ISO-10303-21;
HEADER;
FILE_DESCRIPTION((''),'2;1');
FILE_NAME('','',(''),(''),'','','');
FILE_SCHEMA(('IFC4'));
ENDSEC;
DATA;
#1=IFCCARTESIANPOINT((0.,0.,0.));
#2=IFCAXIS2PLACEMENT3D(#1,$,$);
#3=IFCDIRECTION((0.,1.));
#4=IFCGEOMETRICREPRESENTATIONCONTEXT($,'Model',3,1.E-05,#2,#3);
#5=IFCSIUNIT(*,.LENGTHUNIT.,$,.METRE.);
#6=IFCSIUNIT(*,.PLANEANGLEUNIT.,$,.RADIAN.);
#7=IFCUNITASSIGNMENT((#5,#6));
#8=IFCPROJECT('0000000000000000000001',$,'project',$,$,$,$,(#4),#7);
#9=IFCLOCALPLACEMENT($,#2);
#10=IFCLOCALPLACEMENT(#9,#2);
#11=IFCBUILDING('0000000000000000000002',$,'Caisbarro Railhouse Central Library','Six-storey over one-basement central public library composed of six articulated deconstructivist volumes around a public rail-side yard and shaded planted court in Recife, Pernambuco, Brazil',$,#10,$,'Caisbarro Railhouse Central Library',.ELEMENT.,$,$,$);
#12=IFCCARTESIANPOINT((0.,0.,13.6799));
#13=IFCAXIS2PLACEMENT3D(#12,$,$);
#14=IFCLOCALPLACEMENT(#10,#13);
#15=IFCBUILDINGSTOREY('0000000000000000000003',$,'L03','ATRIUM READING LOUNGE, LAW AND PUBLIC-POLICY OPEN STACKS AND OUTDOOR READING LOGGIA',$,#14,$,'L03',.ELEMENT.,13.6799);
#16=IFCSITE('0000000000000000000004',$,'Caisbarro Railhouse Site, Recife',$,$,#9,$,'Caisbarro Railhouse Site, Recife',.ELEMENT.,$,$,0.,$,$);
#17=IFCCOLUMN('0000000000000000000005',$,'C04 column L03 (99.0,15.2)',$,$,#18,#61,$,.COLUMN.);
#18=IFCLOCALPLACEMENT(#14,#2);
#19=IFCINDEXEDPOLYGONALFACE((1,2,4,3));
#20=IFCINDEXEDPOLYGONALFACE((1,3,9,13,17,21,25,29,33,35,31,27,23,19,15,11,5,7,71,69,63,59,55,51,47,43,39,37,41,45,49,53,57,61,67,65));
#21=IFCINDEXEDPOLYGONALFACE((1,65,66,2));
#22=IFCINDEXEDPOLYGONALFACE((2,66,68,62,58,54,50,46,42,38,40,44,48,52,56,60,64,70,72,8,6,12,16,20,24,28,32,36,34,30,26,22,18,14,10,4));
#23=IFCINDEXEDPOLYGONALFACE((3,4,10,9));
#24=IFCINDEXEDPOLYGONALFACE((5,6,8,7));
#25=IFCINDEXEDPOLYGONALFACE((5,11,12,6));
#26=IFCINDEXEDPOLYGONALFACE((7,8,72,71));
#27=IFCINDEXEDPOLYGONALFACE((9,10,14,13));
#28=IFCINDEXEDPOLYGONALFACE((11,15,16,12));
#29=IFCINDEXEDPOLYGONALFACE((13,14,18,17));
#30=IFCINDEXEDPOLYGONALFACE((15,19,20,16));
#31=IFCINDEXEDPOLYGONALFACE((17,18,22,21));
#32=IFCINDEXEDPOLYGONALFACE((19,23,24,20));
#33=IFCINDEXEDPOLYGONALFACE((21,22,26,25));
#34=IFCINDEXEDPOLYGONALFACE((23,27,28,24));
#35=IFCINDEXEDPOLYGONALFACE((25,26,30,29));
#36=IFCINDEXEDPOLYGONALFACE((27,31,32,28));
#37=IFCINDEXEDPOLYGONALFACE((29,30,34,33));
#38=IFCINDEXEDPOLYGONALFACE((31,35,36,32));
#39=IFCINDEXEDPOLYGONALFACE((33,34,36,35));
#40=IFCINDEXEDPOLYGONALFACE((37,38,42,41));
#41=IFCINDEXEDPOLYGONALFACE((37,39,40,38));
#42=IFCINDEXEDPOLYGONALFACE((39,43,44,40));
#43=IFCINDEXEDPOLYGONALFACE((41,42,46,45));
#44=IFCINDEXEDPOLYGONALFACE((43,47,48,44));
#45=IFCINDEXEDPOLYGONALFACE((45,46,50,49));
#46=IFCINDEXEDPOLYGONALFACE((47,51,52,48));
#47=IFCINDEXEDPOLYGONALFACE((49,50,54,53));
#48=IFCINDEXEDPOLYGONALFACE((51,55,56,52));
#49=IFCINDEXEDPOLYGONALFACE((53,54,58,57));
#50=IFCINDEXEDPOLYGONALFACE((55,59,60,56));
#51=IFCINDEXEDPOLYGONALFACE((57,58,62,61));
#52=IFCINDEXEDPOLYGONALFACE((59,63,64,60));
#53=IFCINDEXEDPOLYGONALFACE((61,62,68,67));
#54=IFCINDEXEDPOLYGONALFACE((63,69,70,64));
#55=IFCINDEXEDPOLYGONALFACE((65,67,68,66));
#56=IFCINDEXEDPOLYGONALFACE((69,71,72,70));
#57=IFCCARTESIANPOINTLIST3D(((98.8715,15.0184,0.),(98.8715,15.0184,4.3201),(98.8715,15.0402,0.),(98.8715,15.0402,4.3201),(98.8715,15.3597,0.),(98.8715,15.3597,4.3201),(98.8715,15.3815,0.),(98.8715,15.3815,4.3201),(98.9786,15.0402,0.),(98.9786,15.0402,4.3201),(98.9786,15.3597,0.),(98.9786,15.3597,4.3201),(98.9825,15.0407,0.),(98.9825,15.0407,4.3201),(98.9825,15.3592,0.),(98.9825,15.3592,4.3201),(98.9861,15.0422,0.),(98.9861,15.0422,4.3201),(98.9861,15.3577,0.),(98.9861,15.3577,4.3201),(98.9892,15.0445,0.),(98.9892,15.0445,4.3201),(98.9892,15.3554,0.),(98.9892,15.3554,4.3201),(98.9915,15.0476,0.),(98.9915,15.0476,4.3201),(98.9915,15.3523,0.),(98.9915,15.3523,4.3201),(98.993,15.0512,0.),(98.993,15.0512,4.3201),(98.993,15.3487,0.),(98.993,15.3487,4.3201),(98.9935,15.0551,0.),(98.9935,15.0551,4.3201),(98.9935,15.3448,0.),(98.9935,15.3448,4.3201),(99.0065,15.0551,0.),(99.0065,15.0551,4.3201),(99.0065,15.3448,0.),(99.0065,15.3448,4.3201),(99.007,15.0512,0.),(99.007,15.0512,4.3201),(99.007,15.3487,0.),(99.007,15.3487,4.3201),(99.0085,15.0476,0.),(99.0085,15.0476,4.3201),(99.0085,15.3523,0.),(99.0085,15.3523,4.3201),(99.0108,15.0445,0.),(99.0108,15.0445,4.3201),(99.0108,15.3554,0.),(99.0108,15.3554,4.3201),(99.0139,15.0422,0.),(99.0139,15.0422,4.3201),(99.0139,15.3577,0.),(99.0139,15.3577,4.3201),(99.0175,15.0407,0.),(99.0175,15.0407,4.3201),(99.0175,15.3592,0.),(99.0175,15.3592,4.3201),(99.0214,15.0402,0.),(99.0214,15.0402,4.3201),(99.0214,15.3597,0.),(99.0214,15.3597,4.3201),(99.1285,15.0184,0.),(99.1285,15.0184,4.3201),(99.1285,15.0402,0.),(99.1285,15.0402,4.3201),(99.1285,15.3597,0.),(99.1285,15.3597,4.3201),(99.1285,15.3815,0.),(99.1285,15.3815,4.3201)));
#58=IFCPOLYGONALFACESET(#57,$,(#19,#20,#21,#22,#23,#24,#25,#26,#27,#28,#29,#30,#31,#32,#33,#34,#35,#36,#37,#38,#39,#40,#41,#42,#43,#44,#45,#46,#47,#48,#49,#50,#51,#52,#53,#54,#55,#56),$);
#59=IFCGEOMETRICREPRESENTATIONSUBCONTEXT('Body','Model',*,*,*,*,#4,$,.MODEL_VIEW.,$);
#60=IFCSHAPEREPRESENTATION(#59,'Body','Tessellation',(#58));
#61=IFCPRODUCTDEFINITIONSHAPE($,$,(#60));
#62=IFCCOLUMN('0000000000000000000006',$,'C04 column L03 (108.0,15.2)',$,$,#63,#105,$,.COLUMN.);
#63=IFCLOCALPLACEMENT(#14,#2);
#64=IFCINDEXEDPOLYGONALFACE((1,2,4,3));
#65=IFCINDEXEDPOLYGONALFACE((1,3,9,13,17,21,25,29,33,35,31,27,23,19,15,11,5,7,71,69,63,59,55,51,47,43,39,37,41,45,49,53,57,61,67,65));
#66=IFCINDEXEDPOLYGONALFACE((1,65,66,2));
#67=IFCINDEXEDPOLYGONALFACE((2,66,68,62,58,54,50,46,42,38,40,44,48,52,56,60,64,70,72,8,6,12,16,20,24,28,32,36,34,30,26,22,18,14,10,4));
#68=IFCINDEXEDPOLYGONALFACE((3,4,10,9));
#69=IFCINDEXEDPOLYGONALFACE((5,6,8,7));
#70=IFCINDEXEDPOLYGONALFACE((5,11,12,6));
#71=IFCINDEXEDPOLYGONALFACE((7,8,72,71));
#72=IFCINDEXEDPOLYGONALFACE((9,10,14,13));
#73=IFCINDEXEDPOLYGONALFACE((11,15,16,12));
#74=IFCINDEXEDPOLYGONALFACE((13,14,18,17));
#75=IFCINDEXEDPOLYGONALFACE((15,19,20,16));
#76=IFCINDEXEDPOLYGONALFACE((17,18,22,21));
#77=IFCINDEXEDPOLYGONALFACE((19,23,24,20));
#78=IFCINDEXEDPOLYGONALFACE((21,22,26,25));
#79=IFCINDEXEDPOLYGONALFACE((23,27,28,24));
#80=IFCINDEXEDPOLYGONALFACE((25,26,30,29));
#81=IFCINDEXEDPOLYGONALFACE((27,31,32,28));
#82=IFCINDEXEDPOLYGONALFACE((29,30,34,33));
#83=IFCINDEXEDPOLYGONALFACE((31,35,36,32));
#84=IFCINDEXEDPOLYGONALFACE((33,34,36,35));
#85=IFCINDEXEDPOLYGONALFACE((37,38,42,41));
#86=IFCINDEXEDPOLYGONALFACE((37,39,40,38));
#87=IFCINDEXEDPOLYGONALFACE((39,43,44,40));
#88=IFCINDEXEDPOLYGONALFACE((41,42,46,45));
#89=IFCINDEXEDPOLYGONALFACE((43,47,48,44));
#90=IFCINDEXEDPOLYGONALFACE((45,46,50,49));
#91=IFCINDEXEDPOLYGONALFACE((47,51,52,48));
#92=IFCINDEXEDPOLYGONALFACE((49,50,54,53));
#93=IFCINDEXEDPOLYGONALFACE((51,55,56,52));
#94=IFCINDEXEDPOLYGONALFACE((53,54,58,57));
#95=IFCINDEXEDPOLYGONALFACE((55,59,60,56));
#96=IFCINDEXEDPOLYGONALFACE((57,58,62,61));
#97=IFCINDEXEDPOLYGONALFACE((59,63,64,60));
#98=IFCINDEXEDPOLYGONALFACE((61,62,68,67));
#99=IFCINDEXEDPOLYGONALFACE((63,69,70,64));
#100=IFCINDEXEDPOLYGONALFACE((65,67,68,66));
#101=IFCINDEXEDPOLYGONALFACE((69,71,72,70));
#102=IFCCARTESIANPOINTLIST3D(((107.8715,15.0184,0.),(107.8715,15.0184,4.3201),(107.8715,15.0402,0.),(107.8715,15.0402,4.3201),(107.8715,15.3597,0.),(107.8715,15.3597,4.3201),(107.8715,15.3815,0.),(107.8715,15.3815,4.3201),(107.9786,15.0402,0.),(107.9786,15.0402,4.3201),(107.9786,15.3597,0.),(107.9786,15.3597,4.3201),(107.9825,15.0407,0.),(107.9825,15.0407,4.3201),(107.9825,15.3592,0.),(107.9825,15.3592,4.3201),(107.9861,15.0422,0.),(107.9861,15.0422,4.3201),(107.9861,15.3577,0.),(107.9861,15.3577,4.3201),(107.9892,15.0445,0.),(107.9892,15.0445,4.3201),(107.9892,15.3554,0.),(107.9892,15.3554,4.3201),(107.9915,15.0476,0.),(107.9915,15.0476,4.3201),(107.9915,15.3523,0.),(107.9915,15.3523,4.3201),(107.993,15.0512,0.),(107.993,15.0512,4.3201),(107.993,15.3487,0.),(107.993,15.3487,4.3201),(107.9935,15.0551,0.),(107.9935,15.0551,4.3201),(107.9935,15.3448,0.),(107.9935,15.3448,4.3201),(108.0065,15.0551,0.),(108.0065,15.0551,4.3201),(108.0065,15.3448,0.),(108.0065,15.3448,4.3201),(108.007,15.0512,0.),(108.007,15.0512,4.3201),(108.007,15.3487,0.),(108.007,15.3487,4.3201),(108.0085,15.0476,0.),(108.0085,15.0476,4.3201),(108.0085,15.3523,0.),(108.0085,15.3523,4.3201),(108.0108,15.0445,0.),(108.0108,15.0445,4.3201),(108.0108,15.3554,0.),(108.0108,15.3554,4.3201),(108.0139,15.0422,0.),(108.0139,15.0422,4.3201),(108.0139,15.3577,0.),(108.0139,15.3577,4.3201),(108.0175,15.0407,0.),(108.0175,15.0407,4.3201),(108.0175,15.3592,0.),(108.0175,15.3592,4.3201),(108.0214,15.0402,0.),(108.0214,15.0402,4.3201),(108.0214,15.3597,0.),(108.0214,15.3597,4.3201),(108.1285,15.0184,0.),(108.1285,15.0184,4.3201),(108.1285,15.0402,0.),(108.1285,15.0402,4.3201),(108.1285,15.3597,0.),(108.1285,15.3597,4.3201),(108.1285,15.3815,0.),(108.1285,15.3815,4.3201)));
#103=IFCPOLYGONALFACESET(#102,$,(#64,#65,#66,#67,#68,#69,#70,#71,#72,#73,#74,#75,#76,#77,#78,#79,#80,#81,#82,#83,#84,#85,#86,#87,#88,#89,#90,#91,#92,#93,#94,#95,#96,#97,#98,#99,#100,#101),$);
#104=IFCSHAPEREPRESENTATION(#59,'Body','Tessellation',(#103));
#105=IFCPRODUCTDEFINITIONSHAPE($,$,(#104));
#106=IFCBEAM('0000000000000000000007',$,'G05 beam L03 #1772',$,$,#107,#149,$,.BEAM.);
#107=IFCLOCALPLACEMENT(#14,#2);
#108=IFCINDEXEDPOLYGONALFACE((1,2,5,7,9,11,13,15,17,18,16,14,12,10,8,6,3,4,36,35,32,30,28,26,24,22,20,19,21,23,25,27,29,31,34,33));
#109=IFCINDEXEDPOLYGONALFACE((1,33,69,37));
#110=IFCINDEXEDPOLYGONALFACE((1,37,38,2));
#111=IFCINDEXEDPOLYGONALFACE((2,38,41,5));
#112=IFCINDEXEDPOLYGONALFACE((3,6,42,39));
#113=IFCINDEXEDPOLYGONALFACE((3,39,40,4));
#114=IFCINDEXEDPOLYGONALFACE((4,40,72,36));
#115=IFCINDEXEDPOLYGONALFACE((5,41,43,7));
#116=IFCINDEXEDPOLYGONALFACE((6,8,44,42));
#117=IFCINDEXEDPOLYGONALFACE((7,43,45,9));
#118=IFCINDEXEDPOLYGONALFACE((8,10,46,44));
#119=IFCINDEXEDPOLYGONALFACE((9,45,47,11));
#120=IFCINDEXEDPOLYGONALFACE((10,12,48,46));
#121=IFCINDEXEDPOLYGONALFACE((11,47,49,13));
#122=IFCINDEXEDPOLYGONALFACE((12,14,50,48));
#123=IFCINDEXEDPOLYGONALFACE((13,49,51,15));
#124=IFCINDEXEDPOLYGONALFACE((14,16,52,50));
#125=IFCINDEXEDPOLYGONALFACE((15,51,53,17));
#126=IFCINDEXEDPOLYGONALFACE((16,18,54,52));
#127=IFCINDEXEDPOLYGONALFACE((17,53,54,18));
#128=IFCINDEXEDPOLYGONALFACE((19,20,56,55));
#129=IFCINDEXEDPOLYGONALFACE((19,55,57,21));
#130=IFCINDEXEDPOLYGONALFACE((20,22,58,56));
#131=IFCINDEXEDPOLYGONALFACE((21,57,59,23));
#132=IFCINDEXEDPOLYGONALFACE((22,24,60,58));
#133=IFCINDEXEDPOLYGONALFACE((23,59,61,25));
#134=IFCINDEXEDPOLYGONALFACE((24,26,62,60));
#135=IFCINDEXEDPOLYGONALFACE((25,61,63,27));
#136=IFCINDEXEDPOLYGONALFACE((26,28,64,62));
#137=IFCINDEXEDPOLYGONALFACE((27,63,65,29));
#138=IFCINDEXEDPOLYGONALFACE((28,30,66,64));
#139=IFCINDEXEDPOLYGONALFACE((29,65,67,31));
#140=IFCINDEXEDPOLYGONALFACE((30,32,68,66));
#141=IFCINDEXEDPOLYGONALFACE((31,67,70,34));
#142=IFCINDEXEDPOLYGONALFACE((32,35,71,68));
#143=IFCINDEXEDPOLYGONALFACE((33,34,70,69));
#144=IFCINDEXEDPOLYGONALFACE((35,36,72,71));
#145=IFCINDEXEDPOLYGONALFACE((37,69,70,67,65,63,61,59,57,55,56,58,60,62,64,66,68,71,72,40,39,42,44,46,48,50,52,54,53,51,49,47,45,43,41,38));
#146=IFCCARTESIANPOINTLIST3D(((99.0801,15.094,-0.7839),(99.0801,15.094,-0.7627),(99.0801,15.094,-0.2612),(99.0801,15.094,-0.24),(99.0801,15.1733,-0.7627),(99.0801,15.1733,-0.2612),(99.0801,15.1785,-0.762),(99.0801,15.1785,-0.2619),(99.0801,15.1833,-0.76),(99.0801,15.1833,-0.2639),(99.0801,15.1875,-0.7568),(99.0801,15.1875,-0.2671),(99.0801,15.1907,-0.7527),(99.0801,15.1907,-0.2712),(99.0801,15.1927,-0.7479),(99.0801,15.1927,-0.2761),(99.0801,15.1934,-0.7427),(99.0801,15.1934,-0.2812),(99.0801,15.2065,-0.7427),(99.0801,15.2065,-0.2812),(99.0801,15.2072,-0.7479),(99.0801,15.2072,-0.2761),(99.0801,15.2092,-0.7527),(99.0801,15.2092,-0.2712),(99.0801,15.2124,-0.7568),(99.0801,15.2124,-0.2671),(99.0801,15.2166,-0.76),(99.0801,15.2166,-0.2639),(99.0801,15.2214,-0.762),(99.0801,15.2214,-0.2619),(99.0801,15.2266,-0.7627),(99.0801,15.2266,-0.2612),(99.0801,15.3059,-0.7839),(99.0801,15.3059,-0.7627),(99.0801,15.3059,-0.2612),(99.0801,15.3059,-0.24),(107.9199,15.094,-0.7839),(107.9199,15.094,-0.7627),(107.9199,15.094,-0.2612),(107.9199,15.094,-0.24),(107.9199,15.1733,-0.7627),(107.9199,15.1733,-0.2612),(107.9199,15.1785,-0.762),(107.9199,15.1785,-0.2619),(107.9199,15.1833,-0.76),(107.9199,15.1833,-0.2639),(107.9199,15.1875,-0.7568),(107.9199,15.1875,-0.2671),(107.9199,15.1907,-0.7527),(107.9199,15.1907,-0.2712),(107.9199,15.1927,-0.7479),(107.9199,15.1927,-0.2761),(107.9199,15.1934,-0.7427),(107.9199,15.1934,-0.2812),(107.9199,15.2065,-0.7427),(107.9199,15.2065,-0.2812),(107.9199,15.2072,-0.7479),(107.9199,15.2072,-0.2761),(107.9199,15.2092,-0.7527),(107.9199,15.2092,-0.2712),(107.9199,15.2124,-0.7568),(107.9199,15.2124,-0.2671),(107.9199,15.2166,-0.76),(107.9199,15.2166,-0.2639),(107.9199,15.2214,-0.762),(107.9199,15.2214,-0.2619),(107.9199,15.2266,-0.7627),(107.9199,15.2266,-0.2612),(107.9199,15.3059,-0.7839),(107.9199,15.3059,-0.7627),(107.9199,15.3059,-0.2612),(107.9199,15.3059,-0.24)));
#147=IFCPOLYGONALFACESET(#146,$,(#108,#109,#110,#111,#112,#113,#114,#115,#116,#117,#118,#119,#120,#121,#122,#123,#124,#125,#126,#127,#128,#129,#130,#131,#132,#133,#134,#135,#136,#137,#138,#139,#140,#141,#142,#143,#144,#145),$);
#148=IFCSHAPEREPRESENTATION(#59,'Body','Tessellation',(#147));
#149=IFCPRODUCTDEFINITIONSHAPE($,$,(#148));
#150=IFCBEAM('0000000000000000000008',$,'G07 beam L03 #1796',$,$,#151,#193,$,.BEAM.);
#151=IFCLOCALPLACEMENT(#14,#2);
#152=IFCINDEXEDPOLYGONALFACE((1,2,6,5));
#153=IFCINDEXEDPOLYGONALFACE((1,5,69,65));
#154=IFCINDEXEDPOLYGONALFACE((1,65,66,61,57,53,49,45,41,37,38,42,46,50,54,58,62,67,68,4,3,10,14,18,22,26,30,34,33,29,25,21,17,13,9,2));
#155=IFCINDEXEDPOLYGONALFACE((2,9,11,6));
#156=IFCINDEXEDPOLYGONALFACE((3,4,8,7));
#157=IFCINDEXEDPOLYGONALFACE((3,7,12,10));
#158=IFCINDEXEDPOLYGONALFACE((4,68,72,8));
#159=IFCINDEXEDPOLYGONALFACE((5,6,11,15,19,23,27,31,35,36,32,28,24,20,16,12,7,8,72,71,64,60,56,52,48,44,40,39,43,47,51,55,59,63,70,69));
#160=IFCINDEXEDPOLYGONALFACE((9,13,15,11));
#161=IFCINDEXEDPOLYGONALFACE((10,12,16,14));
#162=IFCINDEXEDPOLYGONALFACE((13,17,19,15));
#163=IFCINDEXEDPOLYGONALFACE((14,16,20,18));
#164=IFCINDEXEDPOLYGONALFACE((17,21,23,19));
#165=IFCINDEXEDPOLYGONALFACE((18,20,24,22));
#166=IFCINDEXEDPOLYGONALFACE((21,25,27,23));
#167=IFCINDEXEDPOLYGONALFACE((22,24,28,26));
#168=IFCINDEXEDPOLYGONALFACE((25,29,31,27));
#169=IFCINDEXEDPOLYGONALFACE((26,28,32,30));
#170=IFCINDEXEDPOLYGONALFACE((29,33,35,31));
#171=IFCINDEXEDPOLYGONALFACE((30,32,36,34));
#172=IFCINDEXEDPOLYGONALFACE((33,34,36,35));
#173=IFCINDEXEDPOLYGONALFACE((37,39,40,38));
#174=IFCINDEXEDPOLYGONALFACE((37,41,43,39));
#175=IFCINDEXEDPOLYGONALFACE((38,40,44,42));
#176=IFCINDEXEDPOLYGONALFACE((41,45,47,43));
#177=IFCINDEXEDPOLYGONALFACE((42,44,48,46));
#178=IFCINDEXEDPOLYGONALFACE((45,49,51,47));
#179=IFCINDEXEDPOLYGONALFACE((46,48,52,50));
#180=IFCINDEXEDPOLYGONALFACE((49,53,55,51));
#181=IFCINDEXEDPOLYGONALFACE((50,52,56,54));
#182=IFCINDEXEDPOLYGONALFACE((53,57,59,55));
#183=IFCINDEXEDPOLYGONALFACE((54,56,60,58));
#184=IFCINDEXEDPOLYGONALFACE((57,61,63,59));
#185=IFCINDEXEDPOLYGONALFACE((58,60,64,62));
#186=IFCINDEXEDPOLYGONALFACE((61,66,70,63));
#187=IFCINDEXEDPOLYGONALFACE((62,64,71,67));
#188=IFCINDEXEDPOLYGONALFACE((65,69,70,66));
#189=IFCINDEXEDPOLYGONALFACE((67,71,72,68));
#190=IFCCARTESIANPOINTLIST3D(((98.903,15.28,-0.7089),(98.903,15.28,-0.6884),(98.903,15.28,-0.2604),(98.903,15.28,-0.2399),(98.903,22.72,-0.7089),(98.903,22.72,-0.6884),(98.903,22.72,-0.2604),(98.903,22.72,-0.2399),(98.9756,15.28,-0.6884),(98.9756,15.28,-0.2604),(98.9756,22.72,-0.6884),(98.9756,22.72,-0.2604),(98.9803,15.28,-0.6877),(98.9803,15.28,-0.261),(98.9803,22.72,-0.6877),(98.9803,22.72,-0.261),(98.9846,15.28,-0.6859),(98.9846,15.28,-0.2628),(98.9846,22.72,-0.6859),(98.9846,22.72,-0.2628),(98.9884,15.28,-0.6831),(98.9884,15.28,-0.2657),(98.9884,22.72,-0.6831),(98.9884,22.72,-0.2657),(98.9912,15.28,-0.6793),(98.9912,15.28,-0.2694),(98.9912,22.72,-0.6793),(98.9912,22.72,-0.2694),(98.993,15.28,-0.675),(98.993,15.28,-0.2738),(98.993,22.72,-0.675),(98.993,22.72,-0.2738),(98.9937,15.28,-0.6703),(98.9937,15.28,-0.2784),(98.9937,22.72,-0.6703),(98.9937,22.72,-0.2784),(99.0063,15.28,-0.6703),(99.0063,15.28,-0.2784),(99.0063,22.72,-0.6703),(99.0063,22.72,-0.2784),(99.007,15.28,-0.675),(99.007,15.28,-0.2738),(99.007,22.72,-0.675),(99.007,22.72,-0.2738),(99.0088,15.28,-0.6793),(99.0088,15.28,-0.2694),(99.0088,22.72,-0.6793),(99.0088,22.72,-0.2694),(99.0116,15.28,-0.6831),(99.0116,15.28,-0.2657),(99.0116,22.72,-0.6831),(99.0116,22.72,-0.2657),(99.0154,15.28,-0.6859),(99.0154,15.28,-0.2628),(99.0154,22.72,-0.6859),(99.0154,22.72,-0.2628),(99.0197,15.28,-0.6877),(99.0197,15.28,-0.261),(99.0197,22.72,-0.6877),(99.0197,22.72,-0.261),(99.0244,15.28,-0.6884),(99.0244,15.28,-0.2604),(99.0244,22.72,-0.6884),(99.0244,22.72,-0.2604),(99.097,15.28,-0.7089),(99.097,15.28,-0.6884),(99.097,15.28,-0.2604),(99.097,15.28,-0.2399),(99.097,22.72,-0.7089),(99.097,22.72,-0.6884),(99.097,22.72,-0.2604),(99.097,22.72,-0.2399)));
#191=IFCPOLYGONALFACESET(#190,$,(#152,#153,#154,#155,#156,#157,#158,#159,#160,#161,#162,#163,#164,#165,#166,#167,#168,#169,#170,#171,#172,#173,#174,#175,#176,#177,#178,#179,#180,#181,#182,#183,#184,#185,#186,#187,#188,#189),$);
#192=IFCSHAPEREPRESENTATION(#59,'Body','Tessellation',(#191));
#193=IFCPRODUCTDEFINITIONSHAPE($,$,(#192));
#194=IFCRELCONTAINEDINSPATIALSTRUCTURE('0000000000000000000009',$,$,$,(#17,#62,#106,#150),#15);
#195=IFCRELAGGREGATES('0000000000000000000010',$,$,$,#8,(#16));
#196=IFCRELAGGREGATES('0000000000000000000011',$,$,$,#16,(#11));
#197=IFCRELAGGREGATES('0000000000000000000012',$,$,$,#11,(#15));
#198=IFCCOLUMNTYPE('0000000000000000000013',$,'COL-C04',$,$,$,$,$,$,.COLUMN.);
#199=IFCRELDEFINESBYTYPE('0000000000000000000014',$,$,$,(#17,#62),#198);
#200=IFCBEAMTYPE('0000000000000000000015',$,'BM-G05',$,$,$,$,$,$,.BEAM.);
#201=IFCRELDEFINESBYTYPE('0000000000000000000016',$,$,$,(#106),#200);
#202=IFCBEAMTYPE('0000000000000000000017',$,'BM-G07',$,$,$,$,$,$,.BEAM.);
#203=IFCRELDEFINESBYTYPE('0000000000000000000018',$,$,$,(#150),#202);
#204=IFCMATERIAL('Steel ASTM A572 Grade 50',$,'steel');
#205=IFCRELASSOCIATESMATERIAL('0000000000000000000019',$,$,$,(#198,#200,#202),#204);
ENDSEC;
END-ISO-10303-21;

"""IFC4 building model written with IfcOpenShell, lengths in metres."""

from ifc_helpers import new_model, si_unit, direction, frame, origin, origin_2d, place, context, subcontext, project, spatial, i_section, extrude, material, material_profile, profile_set, type_object, element, save


model = new_model("IFC4")

# Units and contexts
model_context = context("Model", 3, precision=1e-05, world=origin(), true_north=direction((0.0, 1.0)))
body_context = subcontext(model_context, "Body", "Model", "MODEL_VIEW")
ifc_project = project(units=[si_unit("LENGTHUNIT", "METRE"), si_unit("PLANEANGLEUNIT", "RADIAN")], contexts=[model_context])

# Site, building, storey
site_placement = place(None, origin())
site = spatial("IfcSite", under=ifc_project, at=site_placement, Name="Caisbarro Railhouse Site, Recife", LongName="Caisbarro Railhouse Site, Recife", CompositionType="ELEMENT", RefElevation=0.0)
building_placement = place(site_placement, origin())
building = spatial("IfcBuilding", under=site, at=building_placement, Name="Caisbarro Railhouse Central Library", Description="Six-storey over one-basement central public library composed of six articulated deconstructivist volumes around a public rail-side yard and shaded planted court in Recife, Pernambuco, Brazil", LongName="Caisbarro Railhouse Central Library", CompositionType="ELEMENT")
storey_placement = place(building_placement, frame((0.0, 0.0, 13.6799)))
storey = spatial("IfcBuildingStorey", under=building, at=storey_placement, Name="L03", Description="ATRIUM READING LOUNGE, LAW AND PUBLIC-POLICY OPEN STACKS AND OUTDOOR READING LOGGIA", LongName="L03", CompositionType="ELEMENT", Elevation=13.6799)

# Columns
ifc_material_1 = material(Name="Steel ASTM A572 Grade 50", Category="steel")
ifc_material_profile_1 = material_profile(ifc_material_1, i_section(OverallWidth=0.2571, OverallDepth=0.363, WebThickness=0.0129, FlangeThickness=0.0217, FilletRadius=0.0149, at=origin_2d()), Name="W360X122.0")
ifc_profile_set_1 = profile_set([ifc_material_profile_1], Name="Steel ASTM A572 Grade 50")
column_type = type_object("IfcColumnType", Name="COL-C04", PredefinedType="COLUMN", material=ifc_profile_set_1)
for number, where, z_axis, x_axis, name in (
    (1, (99.0, 15.2, 0.0), (0.0, 0.0, 1.0), (1.0, 0.0, 0.0), "C04 column L03 (99.0,15.2)"),
    (2, (108.0, 15.2, 0.0), (0.0, 0.0, 1.0), (1.0, 0.0, 0.0), "C04 column L03 (108.0,15.2)"),
):
    element("IfcColumn", number, at=place(storey_placement, frame(where, z_axis=z_axis, x_axis=x_axis)), inside=storey, type_object=column_type, Name=name, PredefinedType="COLUMN", context=body_context, shape_type="SweptSolid", body=[
        extrude(i_section(OverallWidth=0.2571, OverallDepth=0.363, WebThickness=0.0129, FlangeThickness=0.0217, FilletRadius=0.0149, at=origin_2d()), origin(), (0.0, 0.0, 1.0), 4.3201),
    ])

# Beams
ifc_material_profile_2 = material_profile(ifc_material_1, i_section(OverallWidth=0.2119, OverallDepth=0.5439, WebThickness=0.0132, FlangeThickness=0.0212, FilletRadius=0.02, at=origin_2d()), Name="W530X123.0")
ifc_profile_set_2 = profile_set([ifc_material_profile_2], Name="Steel ASTM A572 Grade 50")
beam_type_1 = type_object("IfcBeamType", Name="BM-G05", PredefinedType="BEAM", material=ifc_profile_set_2)
beam_1_placement = place(storey_placement, frame((99.0801, 15.2, -0.512), z_axis=(1.0, 0.0, 0.0), x_axis=(0.0, 1.0, 0.0)))
element("IfcBeam", 3, at=beam_1_placement, inside=storey, type_object=beam_type_1, Name="G05 beam L03 #1772", PredefinedType="BEAM", context=body_context, shape_type="SweptSolid", body=[
    extrude(i_section(OverallWidth=0.2119, OverallDepth=0.5439, WebThickness=0.0132, FlangeThickness=0.0212, FilletRadius=0.02, at=origin_2d()), origin(), (0.0, 0.0, 1.0), 8.8398),
])
ifc_material_profile_3 = material_profile(ifc_material_1, i_section(OverallWidth=0.1941, OverallDepth=0.469, WebThickness=0.0127, FlangeThickness=0.0205, FilletRadius=0.0181, at=origin_2d()), Name="W460X106.0")
ifc_profile_set_3 = profile_set([ifc_material_profile_3], Name="Steel ASTM A572 Grade 50")
beam_type_2 = type_object("IfcBeamType", Name="BM-G07", PredefinedType="BEAM", material=ifc_profile_set_3)
beam_2_placement = place(storey_placement, frame((99.0, 15.28, -0.4744), z_axis=(0.0, 1.0, 0.0), x_axis=(-1.0, 0.0, 0.0)))
element("IfcBeam", 4, at=beam_2_placement, inside=storey, type_object=beam_type_2, Name="G07 beam L03 #1796", PredefinedType="BEAM", context=body_context, shape_type="SweptSolid", body=[
    extrude(i_section(OverallWidth=0.1941, OverallDepth=0.469, WebThickness=0.0127, FlangeThickness=0.0205, FilletRadius=0.0181, at=origin_2d()), origin(), (0.0, 0.0, 1.0), 7.4399),
])

save(model, "model.ifc")
